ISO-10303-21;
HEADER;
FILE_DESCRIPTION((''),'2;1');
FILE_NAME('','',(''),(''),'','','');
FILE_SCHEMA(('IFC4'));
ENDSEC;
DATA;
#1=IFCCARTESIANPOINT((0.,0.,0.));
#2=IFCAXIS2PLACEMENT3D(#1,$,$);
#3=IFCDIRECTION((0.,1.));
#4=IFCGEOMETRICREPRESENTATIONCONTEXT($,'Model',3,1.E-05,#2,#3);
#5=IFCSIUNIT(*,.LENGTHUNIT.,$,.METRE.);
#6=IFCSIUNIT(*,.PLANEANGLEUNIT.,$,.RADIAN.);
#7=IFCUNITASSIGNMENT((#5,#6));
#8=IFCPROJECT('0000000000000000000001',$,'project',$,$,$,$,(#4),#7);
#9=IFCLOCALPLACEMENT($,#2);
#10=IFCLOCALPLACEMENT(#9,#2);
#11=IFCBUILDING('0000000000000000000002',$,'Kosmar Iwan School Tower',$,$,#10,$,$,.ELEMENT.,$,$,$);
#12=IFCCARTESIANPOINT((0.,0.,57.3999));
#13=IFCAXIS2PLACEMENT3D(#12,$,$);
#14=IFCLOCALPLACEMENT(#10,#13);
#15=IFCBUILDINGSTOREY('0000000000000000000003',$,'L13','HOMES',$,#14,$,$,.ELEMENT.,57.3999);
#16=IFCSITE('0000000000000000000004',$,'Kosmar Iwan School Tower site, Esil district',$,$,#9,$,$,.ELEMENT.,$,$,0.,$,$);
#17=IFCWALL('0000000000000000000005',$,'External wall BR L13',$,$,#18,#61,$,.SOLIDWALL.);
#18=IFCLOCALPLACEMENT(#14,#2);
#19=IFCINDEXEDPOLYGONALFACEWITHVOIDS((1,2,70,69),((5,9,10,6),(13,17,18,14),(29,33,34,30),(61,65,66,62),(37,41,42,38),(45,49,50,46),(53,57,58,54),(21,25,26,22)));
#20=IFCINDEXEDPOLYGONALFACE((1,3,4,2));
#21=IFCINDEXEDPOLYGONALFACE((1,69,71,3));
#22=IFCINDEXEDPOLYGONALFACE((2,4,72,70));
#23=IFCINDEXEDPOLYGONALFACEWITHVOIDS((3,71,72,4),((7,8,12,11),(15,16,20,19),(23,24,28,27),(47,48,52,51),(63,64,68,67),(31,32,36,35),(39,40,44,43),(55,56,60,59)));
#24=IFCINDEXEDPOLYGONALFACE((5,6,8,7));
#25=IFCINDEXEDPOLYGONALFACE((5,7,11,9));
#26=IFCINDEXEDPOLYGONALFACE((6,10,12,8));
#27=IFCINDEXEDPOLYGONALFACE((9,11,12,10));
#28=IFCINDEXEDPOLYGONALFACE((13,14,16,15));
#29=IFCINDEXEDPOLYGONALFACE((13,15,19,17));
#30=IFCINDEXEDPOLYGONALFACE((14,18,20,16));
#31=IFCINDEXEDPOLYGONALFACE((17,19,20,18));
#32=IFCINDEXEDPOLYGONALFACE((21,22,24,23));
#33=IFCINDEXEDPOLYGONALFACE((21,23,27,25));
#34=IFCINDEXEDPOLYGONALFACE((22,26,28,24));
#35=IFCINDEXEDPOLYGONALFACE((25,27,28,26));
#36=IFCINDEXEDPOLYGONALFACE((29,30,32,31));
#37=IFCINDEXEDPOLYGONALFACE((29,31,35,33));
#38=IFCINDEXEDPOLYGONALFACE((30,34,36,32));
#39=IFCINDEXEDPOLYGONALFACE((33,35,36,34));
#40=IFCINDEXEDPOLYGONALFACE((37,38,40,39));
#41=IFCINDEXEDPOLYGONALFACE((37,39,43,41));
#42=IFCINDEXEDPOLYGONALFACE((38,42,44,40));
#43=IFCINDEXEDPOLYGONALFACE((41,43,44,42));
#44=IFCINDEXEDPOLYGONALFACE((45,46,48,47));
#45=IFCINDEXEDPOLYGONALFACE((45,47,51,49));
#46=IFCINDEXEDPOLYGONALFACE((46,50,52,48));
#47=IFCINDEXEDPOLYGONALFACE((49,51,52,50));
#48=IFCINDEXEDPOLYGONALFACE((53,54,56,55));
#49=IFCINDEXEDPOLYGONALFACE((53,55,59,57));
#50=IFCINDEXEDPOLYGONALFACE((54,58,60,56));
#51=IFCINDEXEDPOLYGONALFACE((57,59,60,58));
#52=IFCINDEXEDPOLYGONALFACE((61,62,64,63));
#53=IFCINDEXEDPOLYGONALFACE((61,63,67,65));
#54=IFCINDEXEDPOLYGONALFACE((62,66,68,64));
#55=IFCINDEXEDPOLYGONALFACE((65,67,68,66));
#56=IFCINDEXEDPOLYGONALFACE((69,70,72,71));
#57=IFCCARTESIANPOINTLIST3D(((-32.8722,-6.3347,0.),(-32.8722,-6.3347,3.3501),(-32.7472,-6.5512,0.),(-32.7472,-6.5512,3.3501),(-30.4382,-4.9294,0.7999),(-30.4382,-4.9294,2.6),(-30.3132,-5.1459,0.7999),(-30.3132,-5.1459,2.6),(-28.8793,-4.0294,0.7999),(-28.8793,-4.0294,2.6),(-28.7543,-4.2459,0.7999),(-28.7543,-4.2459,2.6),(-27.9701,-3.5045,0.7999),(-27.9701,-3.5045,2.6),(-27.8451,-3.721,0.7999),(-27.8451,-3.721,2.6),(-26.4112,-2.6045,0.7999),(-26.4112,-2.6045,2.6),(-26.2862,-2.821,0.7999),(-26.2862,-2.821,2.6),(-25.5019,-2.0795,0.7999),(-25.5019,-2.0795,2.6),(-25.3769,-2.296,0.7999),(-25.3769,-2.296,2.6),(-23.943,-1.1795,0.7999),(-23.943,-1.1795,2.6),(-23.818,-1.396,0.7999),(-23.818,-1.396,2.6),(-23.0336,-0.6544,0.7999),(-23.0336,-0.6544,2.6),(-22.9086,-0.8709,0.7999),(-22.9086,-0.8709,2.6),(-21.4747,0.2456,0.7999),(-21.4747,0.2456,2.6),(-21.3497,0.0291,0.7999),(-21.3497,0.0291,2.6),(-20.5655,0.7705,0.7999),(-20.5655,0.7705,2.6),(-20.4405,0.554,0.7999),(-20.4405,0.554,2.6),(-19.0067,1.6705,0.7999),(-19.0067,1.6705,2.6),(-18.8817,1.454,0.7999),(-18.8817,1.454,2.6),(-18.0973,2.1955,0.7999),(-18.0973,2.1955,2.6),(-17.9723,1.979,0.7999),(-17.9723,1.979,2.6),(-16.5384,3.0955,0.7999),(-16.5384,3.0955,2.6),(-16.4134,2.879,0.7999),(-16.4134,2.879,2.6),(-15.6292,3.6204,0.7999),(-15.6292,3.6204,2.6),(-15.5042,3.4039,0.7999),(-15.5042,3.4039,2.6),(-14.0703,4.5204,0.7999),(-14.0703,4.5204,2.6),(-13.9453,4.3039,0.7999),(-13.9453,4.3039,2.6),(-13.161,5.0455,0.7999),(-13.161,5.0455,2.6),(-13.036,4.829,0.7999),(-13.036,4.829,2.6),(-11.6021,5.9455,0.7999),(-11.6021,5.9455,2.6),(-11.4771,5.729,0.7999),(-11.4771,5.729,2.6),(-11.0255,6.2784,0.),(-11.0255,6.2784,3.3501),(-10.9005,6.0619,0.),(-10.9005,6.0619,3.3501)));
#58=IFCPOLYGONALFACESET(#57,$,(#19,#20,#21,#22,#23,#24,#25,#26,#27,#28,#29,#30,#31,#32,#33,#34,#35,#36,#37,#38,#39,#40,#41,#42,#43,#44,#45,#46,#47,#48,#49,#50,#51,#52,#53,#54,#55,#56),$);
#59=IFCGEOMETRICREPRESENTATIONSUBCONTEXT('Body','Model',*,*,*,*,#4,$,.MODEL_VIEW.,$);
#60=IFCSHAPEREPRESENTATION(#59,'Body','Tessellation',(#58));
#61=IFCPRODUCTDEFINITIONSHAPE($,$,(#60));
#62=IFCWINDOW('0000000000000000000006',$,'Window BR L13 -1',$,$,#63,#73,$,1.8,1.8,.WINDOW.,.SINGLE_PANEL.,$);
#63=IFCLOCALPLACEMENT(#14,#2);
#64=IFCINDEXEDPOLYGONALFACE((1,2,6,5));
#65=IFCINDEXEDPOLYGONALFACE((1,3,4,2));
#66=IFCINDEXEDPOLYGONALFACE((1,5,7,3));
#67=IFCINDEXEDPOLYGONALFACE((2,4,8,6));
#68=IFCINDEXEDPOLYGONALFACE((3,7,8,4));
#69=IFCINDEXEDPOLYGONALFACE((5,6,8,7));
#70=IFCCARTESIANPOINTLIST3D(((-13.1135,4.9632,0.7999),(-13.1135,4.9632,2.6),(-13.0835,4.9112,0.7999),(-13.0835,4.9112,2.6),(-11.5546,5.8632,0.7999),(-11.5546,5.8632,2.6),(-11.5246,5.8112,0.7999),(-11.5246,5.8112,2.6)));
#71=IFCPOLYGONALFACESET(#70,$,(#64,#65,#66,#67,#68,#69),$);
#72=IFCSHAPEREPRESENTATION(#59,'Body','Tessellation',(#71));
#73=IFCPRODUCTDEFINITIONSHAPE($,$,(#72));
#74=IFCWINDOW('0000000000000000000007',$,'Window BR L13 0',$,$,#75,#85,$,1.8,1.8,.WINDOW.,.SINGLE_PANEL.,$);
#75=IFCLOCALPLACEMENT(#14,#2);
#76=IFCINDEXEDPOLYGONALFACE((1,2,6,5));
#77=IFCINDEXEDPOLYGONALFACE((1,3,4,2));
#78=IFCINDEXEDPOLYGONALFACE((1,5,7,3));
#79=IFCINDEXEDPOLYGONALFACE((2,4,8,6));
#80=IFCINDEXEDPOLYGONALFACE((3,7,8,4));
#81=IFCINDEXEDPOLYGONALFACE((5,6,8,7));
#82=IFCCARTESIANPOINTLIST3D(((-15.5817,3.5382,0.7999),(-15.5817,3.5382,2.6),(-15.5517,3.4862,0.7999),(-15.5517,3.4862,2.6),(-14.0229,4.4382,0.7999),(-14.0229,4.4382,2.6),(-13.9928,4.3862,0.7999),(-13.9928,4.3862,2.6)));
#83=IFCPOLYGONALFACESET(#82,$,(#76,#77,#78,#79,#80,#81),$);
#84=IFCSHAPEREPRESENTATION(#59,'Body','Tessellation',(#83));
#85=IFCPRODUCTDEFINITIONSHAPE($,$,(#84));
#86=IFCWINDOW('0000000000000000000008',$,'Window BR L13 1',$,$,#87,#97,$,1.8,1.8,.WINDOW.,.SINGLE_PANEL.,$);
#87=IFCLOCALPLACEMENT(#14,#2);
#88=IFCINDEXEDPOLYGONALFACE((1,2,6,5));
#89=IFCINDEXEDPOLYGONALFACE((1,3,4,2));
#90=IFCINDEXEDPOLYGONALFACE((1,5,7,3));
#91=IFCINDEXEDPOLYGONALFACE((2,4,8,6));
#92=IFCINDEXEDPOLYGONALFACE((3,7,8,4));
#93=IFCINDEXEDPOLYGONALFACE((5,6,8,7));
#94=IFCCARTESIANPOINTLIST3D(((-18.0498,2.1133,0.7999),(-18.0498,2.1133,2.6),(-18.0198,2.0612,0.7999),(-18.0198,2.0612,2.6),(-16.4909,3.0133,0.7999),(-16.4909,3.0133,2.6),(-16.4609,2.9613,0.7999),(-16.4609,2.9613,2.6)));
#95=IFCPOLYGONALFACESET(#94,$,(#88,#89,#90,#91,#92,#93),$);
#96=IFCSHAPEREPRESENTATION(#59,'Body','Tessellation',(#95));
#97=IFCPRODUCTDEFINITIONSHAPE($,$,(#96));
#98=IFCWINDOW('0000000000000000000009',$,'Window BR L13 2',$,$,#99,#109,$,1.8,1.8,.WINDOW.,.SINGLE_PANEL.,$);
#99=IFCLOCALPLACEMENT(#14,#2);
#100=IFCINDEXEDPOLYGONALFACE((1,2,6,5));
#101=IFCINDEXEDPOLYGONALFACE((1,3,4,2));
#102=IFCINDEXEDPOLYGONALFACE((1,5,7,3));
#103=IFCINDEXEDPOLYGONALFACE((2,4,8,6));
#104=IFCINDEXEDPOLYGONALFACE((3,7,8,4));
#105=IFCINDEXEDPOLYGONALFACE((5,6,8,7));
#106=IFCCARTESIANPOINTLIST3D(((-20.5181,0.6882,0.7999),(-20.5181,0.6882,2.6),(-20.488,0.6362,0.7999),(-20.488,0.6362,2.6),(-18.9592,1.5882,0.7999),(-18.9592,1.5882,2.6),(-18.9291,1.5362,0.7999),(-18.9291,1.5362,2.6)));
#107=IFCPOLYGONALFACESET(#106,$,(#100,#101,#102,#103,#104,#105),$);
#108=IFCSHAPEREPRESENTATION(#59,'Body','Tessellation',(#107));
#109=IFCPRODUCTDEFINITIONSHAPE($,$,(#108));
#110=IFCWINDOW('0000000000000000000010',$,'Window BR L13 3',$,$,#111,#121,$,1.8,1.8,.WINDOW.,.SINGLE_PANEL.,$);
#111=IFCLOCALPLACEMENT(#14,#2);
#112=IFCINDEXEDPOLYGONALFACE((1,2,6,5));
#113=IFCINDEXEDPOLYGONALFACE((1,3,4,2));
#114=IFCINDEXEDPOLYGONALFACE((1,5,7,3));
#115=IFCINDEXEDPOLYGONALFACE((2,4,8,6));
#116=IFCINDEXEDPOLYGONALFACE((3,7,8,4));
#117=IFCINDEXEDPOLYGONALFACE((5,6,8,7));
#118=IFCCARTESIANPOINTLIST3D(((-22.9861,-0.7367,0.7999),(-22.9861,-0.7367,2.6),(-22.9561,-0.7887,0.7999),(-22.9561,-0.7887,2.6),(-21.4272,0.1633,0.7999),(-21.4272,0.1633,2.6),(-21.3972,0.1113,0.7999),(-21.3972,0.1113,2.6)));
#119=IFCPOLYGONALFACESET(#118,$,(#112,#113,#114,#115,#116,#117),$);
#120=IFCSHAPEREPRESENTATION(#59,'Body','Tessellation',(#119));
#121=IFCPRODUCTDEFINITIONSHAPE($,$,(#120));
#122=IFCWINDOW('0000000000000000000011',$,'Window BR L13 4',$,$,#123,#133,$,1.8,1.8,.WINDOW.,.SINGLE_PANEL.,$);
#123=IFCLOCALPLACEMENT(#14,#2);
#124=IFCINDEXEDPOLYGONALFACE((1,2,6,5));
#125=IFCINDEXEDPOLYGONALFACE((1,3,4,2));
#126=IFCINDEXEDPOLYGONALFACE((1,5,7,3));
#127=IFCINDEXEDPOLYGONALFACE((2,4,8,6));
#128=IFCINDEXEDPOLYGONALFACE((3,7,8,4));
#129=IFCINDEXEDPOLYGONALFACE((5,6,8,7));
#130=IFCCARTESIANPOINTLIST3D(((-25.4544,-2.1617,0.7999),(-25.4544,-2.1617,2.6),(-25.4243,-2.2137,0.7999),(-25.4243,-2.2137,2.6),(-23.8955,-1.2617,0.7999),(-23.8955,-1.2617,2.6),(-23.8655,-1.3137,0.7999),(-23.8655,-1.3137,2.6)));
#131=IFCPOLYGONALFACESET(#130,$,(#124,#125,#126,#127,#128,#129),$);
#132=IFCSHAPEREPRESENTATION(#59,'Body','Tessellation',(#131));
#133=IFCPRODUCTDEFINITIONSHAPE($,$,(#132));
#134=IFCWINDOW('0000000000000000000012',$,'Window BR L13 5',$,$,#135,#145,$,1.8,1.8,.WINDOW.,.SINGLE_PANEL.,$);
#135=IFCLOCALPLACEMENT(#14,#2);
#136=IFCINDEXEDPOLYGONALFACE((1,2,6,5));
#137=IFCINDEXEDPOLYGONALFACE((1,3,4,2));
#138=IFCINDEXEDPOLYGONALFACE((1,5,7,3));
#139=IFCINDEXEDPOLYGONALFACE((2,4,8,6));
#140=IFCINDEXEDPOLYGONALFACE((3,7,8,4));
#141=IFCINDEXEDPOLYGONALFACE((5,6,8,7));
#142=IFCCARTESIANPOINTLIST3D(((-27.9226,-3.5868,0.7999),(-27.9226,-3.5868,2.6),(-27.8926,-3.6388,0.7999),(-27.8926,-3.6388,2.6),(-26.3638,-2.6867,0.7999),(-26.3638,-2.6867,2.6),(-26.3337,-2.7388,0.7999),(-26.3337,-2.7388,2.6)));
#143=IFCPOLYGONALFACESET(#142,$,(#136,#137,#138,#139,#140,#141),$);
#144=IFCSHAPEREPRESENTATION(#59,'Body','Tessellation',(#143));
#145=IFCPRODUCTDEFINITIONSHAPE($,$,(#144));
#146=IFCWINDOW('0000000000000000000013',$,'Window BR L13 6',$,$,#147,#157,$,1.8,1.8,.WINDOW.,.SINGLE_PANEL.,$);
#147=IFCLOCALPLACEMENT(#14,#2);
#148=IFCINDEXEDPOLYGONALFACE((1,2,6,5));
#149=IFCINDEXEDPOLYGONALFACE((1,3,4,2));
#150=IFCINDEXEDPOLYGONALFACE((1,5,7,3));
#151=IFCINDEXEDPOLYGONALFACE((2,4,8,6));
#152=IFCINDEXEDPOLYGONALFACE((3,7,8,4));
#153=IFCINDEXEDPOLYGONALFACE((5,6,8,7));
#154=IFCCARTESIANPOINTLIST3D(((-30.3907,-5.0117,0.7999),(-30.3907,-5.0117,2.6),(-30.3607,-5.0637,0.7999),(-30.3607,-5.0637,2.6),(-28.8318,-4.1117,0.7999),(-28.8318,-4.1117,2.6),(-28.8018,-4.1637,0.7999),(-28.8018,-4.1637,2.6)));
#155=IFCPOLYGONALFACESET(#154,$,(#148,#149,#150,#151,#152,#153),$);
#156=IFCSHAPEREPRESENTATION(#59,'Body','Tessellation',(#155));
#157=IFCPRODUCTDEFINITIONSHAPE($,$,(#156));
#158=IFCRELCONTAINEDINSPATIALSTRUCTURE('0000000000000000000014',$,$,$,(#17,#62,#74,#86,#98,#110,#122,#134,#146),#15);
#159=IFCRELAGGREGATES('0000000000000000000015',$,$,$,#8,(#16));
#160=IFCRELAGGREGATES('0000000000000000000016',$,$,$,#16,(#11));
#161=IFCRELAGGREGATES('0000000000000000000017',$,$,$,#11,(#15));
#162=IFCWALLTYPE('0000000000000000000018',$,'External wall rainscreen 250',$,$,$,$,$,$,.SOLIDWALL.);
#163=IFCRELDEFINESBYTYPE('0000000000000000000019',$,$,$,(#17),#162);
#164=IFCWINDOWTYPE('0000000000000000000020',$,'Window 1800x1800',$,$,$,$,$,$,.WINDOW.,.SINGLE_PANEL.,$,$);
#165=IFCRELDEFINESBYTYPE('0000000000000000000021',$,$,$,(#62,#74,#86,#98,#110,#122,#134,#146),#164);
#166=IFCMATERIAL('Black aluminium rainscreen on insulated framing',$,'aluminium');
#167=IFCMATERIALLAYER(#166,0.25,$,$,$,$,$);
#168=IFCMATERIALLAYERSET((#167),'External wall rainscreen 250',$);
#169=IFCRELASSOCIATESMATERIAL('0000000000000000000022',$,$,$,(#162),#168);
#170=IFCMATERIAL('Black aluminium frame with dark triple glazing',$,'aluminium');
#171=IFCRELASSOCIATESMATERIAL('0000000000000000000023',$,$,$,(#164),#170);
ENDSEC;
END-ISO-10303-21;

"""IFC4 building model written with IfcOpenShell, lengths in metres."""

from ifc_helpers import new_model, si_unit, direction, frame, frame_2d, origin, place, context, subcontext, project, spatial, rectangle, extrude, material, layer, layer_set, type_object, element, fill, save


model = new_model("IFC4")

# Units and contexts
model_context = context("Model", 3, precision=1e-05, world=origin(), true_north=direction((0.0, 1.0)))
body_context = subcontext(model_context, "Body", "Model", "MODEL_VIEW")
ifc_project = project(units=[si_unit("LENGTHUNIT", "METRE"), si_unit("PLANEANGLEUNIT", "RADIAN")], contexts=[model_context])

# Site, building, storey
site_placement = place(None, origin())
site = spatial("IfcSite", under=ifc_project, at=site_placement, Name="Kosmar Iwan School Tower site, Esil district", CompositionType="ELEMENT", RefElevation=0.0)
building_placement = place(site_placement, origin())
building = spatial("IfcBuilding", under=site, at=building_placement, Name="Kosmar Iwan School Tower", CompositionType="ELEMENT")
storey_placement = place(building_placement, frame((0.0, 0.0, 57.3999)))
storey = spatial("IfcBuildingStorey", under=building, at=storey_placement, Name="L13", Description="HOMES", CompositionType="ELEMENT", Elevation=57.3999)

# Wall, openings, windows
ifc_material_1 = material(Name="Black aluminium rainscreen on insulated framing", Category="aluminium")
ifc_layer = layer(ifc_material_1, 0.25)
ifc_layer_set = layer_set([ifc_layer], Name="External wall rainscreen 250")
wall_type = type_object("IfcWallType", Name="External wall rainscreen 250", PredefinedType="SOLIDWALL", material=ifc_layer_set)
ifc_material_2 = material(Name="Black aluminium frame with dark triple glazing", Category="aluminium")
window_type = type_object("IfcWindowType", Name="Window 1800x1800", PartitioningType="SINGLE_PANEL", PredefinedType="WINDOW", material=ifc_material_2)
wall_1_placement = place(storey_placement, frame((-10.9629, 6.1702, 0.0), z_axis=(0.0, 0.0, 1.0), x_axis=(-0.866028, -0.499996, 0.0)))
wall_1 = element("IfcWall", 1, at=wall_1_placement, inside=storey, type_object=wall_type, Name="External wall BR L13", PredefinedType="SOLIDWALL", context=body_context, shape_type="SweptSolid", body=[
    extrude(rectangle(XDim=25.2263, YDim=0.25, at=frame_2d((12.6133, 0.0))), origin(), (0.0, 0.0, 1.0), 3.3501),
])
opening_1_placement = place(wall_1_placement, frame((0.666, 0.0, 0.8)))
opening_1 = element("IfcOpeningElement", 2, at=opening_1_placement, cuts=wall_1, PredefinedType="OPENING", context=body_context, shape_type="SweptSolid", body=[
    extrude(rectangle(XDim=1.8, YDim=1.8, at=frame_2d((0.8999, 0.8999))), frame((0.0, 0.137, 0.0), z_axis=(0.0, -1.0, 0.0), x_axis=(1.0, 0.0, 0.0)), (0.0, 0.0, 1.0), 0.2739),
])
opening_2_placement = place(wall_1_placement, frame((3.5161, 0.0, 0.8)))
opening_2 = element("IfcOpeningElement", 3, at=opening_2_placement, cuts=wall_1, PredefinedType="OPENING", context=body_context, shape_type="SweptSolid", body=[
    extrude(rectangle(XDim=1.8, YDim=1.8, at=frame_2d((0.8999, 0.8999))), frame((0.0, 0.137, 0.0), z_axis=(0.0, -1.0, 0.0), x_axis=(1.0, 0.0, 0.0)), (0.0, 0.0, 1.0), 0.2739),
])
opening_3_placement = place(wall_1_placement, frame((6.366, 0.0, 0.8)))
opening_3 = element("IfcOpeningElement", 4, at=opening_3_placement, cuts=wall_1, PredefinedType="OPENING", context=body_context, shape_type="SweptSolid", body=[
    extrude(rectangle(XDim=1.8, YDim=1.8, at=frame_2d((0.8999, 0.8999))), frame((0.0, 0.137, 0.0), z_axis=(0.0, -1.0, 0.0), x_axis=(1.0, 0.0, 0.0)), (0.0, 0.0, 1.0), 0.2739),
])
opening_4_placement = place(wall_1_placement, frame((9.2161, 0.0, 0.8)))
opening_4 = element("IfcOpeningElement", 5, at=opening_4_placement, cuts=wall_1, PredefinedType="OPENING", context=body_context, shape_type="SweptSolid", body=[
    extrude(rectangle(XDim=1.8, YDim=1.8, at=frame_2d((0.8999, 0.8999))), frame((0.0, 0.137, 0.0), z_axis=(0.0, -1.0, 0.0), x_axis=(1.0, 0.0, 0.0)), (0.0, 0.0, 1.0), 0.2739),
])
opening_5_placement = place(wall_1_placement, frame((12.0659, 0.0, 0.8)))
opening_5 = element("IfcOpeningElement", 6, at=opening_5_placement, cuts=wall_1, PredefinedType="OPENING", context=body_context, shape_type="SweptSolid", body=[
    extrude(rectangle(XDim=1.8, YDim=1.8, at=frame_2d((0.8999, 0.8999))), frame((0.0, 0.137, 0.0), z_axis=(0.0, -1.0, 0.0), x_axis=(1.0, 0.0, 0.0)), (0.0, 0.0, 1.0), 0.2739),
])
opening_6_placement = place(wall_1_placement, frame((14.916, 0.0, 0.8)))
opening_6 = element("IfcOpeningElement", 7, at=opening_6_placement, cuts=wall_1, PredefinedType="OPENING", context=body_context, shape_type="SweptSolid", body=[
    extrude(rectangle(XDim=1.8, YDim=1.8, at=frame_2d((0.8999, 0.8999))), frame((0.0, 0.137, 0.0), z_axis=(0.0, -1.0, 0.0), x_axis=(1.0, 0.0, 0.0)), (0.0, 0.0, 1.0), 0.2739),
])
opening_7_placement = place(wall_1_placement, frame((17.7661, 0.0, 0.8)))
opening_7 = element("IfcOpeningElement", 8, at=opening_7_placement, cuts=wall_1, PredefinedType="OPENING", context=body_context, shape_type="SweptSolid", body=[
    extrude(rectangle(XDim=1.8, YDim=1.8, at=frame_2d((0.8999, 0.8999))), frame((0.0, 0.137, 0.0), z_axis=(0.0, -1.0, 0.0), x_axis=(1.0, 0.0, 0.0)), (0.0, 0.0, 1.0), 0.2739),
])
opening_8_placement = place(wall_1_placement, frame((20.616, 0.0, 0.8)))
opening_8 = element("IfcOpeningElement", 9, at=opening_8_placement, cuts=wall_1, PredefinedType="OPENING", context=body_context, shape_type="SweptSolid", body=[
    extrude(rectangle(XDim=1.8, YDim=1.8, at=frame_2d((0.8999, 0.8999))), frame((0.0, 0.137, 0.0), z_axis=(0.0, -1.0, 0.0), x_axis=(1.0, 0.0, 0.0)), (0.0, 0.0, 1.0), 0.2739),
])
window_1_placement = place(opening_1_placement, origin())
window_1 = element("IfcWindow", 10, at=window_1_placement, inside=storey, type_object=window_type, Name="Window BR L13 -1", OverallHeight=1.8, OverallWidth=1.8, PartitioningType="SINGLE_PANEL", PredefinedType="WINDOW", context=body_context, shape_type="SweptSolid", body=[
    extrude(rectangle(XDim=1.8, YDim=1.8, at=frame_2d((0.8999, 0.8999))), frame((0.0, 0.03, 0.0), z_axis=(0.0, -1.0, 0.0), x_axis=(1.0, 0.0, 0.0)), (0.0, 0.0, 1.0), 0.0601),
])
fill(opening_1, window_1)
window_2_placement = place(opening_2_placement, origin())
window_2 = element("IfcWindow", 11, at=window_2_placement, inside=storey, type_object=window_type, Name="Window BR L13 0", OverallHeight=1.8, OverallWidth=1.8, PartitioningType="SINGLE_PANEL", PredefinedType="WINDOW", context=body_context, shape_type="SweptSolid", body=[
    extrude(rectangle(XDim=1.8, YDim=1.8, at=frame_2d((0.8999, 0.8999))), frame((0.0, 0.03, 0.0), z_axis=(0.0, -1.0, 0.0), x_axis=(1.0, 0.0, 0.0)), (0.0, 0.0, 1.0), 0.0601),
])
fill(opening_2, window_2)
window_3_placement = place(opening_3_placement, origin())
window_3 = element("IfcWindow", 12, at=window_3_placement, inside=storey, type_object=window_type, Name="Window BR L13 1", OverallHeight=1.8, OverallWidth=1.8, PartitioningType="SINGLE_PANEL", PredefinedType="WINDOW", context=body_context, shape_type="SweptSolid", body=[
    extrude(rectangle(XDim=1.8, YDim=1.8, at=frame_2d((0.8999, 0.8999))), frame((0.0, 0.03, 0.0), z_axis=(0.0, -1.0, 0.0), x_axis=(1.0, 0.0, 0.0)), (0.0, 0.0, 1.0), 0.0601),
])
fill(opening_3, window_3)
window_4_placement = place(opening_4_placement, origin())
window_4 = element("IfcWindow", 13, at=window_4_placement, inside=storey, type_object=window_type, Name="Window BR L13 2", OverallHeight=1.8, OverallWidth=1.8, PartitioningType="SINGLE_PANEL", PredefinedType="WINDOW", context=body_context, shape_type="SweptSolid", body=[
    extrude(rectangle(XDim=1.8, YDim=1.8, at=frame_2d((0.8999, 0.8999))), frame((0.0, 0.03, 0.0), z_axis=(0.0, -1.0, 0.0), x_axis=(1.0, 0.0, 0.0)), (0.0, 0.0, 1.0), 0.0601),
])
fill(opening_4, window_4)
window_5_placement = place(opening_5_placement, origin())
window_5 = element("IfcWindow", 14, at=window_5_placement, inside=storey, type_object=window_type, Name="Window BR L13 3", OverallHeight=1.8, OverallWidth=1.8, PartitioningType="SINGLE_PANEL", PredefinedType="WINDOW", context=body_context, shape_type="SweptSolid", body=[
    extrude(rectangle(XDim=1.8, YDim=1.8, at=frame_2d((0.8999, 0.8999))), frame((0.0, 0.03, 0.0), z_axis=(0.0, -1.0, 0.0), x_axis=(1.0, 0.0, 0.0)), (0.0, 0.0, 1.0), 0.0601),
])
fill(opening_5, window_5)
window_6_placement = place(opening_6_placement, origin())
window_6 = element("IfcWindow", 15, at=window_6_placement, inside=storey, type_object=window_type, Name="Window BR L13 4", OverallHeight=1.8, OverallWidth=1.8, PartitioningType="SINGLE_PANEL", PredefinedType="WINDOW", context=body_context, shape_type="SweptSolid", body=[
    extrude(rectangle(XDim=1.8, YDim=1.8, at=frame_2d((0.8999, 0.8999))), frame((0.0, 0.03, 0.0), z_axis=(0.0, -1.0, 0.0), x_axis=(1.0, 0.0, 0.0)), (0.0, 0.0, 1.0), 0.0601),
])
fill(opening_6, window_6)
window_7_placement = place(opening_7_placement, origin())
window_7 = element("IfcWindow", 16, at=window_7_placement, inside=storey, type_object=window_type, Name="Window BR L13 5", OverallHeight=1.8, OverallWidth=1.8, PartitioningType="SINGLE_PANEL", PredefinedType="WINDOW", context=body_context, shape_type="SweptSolid", body=[
    extrude(rectangle(XDim=1.8, YDim=1.8, at=frame_2d((0.8999, 0.8999))), frame((0.0, 0.03, 0.0), z_axis=(0.0, -1.0, 0.0), x_axis=(1.0, 0.0, 0.0)), (0.0, 0.0, 1.0), 0.0601),
])
fill(opening_7, window_7)
window_8_placement = place(opening_8_placement, origin())
window_8 = element("IfcWindow", 17, at=window_8_placement, inside=storey, type_object=window_type, Name="Window BR L13 6", OverallHeight=1.8, OverallWidth=1.8, PartitioningType="SINGLE_PANEL", PredefinedType="WINDOW", context=body_context, shape_type="SweptSolid", body=[
    extrude(rectangle(XDim=1.8, YDim=1.8, at=frame_2d((0.8999, 0.8999))), frame((0.0, 0.03, 0.0), z_axis=(0.0, -1.0, 0.0), x_axis=(1.0, 0.0, 0.0)), (0.0, 0.0, 1.0), 0.0601),
])
fill(opening_8, window_8)

save(model, "model.ifc")
